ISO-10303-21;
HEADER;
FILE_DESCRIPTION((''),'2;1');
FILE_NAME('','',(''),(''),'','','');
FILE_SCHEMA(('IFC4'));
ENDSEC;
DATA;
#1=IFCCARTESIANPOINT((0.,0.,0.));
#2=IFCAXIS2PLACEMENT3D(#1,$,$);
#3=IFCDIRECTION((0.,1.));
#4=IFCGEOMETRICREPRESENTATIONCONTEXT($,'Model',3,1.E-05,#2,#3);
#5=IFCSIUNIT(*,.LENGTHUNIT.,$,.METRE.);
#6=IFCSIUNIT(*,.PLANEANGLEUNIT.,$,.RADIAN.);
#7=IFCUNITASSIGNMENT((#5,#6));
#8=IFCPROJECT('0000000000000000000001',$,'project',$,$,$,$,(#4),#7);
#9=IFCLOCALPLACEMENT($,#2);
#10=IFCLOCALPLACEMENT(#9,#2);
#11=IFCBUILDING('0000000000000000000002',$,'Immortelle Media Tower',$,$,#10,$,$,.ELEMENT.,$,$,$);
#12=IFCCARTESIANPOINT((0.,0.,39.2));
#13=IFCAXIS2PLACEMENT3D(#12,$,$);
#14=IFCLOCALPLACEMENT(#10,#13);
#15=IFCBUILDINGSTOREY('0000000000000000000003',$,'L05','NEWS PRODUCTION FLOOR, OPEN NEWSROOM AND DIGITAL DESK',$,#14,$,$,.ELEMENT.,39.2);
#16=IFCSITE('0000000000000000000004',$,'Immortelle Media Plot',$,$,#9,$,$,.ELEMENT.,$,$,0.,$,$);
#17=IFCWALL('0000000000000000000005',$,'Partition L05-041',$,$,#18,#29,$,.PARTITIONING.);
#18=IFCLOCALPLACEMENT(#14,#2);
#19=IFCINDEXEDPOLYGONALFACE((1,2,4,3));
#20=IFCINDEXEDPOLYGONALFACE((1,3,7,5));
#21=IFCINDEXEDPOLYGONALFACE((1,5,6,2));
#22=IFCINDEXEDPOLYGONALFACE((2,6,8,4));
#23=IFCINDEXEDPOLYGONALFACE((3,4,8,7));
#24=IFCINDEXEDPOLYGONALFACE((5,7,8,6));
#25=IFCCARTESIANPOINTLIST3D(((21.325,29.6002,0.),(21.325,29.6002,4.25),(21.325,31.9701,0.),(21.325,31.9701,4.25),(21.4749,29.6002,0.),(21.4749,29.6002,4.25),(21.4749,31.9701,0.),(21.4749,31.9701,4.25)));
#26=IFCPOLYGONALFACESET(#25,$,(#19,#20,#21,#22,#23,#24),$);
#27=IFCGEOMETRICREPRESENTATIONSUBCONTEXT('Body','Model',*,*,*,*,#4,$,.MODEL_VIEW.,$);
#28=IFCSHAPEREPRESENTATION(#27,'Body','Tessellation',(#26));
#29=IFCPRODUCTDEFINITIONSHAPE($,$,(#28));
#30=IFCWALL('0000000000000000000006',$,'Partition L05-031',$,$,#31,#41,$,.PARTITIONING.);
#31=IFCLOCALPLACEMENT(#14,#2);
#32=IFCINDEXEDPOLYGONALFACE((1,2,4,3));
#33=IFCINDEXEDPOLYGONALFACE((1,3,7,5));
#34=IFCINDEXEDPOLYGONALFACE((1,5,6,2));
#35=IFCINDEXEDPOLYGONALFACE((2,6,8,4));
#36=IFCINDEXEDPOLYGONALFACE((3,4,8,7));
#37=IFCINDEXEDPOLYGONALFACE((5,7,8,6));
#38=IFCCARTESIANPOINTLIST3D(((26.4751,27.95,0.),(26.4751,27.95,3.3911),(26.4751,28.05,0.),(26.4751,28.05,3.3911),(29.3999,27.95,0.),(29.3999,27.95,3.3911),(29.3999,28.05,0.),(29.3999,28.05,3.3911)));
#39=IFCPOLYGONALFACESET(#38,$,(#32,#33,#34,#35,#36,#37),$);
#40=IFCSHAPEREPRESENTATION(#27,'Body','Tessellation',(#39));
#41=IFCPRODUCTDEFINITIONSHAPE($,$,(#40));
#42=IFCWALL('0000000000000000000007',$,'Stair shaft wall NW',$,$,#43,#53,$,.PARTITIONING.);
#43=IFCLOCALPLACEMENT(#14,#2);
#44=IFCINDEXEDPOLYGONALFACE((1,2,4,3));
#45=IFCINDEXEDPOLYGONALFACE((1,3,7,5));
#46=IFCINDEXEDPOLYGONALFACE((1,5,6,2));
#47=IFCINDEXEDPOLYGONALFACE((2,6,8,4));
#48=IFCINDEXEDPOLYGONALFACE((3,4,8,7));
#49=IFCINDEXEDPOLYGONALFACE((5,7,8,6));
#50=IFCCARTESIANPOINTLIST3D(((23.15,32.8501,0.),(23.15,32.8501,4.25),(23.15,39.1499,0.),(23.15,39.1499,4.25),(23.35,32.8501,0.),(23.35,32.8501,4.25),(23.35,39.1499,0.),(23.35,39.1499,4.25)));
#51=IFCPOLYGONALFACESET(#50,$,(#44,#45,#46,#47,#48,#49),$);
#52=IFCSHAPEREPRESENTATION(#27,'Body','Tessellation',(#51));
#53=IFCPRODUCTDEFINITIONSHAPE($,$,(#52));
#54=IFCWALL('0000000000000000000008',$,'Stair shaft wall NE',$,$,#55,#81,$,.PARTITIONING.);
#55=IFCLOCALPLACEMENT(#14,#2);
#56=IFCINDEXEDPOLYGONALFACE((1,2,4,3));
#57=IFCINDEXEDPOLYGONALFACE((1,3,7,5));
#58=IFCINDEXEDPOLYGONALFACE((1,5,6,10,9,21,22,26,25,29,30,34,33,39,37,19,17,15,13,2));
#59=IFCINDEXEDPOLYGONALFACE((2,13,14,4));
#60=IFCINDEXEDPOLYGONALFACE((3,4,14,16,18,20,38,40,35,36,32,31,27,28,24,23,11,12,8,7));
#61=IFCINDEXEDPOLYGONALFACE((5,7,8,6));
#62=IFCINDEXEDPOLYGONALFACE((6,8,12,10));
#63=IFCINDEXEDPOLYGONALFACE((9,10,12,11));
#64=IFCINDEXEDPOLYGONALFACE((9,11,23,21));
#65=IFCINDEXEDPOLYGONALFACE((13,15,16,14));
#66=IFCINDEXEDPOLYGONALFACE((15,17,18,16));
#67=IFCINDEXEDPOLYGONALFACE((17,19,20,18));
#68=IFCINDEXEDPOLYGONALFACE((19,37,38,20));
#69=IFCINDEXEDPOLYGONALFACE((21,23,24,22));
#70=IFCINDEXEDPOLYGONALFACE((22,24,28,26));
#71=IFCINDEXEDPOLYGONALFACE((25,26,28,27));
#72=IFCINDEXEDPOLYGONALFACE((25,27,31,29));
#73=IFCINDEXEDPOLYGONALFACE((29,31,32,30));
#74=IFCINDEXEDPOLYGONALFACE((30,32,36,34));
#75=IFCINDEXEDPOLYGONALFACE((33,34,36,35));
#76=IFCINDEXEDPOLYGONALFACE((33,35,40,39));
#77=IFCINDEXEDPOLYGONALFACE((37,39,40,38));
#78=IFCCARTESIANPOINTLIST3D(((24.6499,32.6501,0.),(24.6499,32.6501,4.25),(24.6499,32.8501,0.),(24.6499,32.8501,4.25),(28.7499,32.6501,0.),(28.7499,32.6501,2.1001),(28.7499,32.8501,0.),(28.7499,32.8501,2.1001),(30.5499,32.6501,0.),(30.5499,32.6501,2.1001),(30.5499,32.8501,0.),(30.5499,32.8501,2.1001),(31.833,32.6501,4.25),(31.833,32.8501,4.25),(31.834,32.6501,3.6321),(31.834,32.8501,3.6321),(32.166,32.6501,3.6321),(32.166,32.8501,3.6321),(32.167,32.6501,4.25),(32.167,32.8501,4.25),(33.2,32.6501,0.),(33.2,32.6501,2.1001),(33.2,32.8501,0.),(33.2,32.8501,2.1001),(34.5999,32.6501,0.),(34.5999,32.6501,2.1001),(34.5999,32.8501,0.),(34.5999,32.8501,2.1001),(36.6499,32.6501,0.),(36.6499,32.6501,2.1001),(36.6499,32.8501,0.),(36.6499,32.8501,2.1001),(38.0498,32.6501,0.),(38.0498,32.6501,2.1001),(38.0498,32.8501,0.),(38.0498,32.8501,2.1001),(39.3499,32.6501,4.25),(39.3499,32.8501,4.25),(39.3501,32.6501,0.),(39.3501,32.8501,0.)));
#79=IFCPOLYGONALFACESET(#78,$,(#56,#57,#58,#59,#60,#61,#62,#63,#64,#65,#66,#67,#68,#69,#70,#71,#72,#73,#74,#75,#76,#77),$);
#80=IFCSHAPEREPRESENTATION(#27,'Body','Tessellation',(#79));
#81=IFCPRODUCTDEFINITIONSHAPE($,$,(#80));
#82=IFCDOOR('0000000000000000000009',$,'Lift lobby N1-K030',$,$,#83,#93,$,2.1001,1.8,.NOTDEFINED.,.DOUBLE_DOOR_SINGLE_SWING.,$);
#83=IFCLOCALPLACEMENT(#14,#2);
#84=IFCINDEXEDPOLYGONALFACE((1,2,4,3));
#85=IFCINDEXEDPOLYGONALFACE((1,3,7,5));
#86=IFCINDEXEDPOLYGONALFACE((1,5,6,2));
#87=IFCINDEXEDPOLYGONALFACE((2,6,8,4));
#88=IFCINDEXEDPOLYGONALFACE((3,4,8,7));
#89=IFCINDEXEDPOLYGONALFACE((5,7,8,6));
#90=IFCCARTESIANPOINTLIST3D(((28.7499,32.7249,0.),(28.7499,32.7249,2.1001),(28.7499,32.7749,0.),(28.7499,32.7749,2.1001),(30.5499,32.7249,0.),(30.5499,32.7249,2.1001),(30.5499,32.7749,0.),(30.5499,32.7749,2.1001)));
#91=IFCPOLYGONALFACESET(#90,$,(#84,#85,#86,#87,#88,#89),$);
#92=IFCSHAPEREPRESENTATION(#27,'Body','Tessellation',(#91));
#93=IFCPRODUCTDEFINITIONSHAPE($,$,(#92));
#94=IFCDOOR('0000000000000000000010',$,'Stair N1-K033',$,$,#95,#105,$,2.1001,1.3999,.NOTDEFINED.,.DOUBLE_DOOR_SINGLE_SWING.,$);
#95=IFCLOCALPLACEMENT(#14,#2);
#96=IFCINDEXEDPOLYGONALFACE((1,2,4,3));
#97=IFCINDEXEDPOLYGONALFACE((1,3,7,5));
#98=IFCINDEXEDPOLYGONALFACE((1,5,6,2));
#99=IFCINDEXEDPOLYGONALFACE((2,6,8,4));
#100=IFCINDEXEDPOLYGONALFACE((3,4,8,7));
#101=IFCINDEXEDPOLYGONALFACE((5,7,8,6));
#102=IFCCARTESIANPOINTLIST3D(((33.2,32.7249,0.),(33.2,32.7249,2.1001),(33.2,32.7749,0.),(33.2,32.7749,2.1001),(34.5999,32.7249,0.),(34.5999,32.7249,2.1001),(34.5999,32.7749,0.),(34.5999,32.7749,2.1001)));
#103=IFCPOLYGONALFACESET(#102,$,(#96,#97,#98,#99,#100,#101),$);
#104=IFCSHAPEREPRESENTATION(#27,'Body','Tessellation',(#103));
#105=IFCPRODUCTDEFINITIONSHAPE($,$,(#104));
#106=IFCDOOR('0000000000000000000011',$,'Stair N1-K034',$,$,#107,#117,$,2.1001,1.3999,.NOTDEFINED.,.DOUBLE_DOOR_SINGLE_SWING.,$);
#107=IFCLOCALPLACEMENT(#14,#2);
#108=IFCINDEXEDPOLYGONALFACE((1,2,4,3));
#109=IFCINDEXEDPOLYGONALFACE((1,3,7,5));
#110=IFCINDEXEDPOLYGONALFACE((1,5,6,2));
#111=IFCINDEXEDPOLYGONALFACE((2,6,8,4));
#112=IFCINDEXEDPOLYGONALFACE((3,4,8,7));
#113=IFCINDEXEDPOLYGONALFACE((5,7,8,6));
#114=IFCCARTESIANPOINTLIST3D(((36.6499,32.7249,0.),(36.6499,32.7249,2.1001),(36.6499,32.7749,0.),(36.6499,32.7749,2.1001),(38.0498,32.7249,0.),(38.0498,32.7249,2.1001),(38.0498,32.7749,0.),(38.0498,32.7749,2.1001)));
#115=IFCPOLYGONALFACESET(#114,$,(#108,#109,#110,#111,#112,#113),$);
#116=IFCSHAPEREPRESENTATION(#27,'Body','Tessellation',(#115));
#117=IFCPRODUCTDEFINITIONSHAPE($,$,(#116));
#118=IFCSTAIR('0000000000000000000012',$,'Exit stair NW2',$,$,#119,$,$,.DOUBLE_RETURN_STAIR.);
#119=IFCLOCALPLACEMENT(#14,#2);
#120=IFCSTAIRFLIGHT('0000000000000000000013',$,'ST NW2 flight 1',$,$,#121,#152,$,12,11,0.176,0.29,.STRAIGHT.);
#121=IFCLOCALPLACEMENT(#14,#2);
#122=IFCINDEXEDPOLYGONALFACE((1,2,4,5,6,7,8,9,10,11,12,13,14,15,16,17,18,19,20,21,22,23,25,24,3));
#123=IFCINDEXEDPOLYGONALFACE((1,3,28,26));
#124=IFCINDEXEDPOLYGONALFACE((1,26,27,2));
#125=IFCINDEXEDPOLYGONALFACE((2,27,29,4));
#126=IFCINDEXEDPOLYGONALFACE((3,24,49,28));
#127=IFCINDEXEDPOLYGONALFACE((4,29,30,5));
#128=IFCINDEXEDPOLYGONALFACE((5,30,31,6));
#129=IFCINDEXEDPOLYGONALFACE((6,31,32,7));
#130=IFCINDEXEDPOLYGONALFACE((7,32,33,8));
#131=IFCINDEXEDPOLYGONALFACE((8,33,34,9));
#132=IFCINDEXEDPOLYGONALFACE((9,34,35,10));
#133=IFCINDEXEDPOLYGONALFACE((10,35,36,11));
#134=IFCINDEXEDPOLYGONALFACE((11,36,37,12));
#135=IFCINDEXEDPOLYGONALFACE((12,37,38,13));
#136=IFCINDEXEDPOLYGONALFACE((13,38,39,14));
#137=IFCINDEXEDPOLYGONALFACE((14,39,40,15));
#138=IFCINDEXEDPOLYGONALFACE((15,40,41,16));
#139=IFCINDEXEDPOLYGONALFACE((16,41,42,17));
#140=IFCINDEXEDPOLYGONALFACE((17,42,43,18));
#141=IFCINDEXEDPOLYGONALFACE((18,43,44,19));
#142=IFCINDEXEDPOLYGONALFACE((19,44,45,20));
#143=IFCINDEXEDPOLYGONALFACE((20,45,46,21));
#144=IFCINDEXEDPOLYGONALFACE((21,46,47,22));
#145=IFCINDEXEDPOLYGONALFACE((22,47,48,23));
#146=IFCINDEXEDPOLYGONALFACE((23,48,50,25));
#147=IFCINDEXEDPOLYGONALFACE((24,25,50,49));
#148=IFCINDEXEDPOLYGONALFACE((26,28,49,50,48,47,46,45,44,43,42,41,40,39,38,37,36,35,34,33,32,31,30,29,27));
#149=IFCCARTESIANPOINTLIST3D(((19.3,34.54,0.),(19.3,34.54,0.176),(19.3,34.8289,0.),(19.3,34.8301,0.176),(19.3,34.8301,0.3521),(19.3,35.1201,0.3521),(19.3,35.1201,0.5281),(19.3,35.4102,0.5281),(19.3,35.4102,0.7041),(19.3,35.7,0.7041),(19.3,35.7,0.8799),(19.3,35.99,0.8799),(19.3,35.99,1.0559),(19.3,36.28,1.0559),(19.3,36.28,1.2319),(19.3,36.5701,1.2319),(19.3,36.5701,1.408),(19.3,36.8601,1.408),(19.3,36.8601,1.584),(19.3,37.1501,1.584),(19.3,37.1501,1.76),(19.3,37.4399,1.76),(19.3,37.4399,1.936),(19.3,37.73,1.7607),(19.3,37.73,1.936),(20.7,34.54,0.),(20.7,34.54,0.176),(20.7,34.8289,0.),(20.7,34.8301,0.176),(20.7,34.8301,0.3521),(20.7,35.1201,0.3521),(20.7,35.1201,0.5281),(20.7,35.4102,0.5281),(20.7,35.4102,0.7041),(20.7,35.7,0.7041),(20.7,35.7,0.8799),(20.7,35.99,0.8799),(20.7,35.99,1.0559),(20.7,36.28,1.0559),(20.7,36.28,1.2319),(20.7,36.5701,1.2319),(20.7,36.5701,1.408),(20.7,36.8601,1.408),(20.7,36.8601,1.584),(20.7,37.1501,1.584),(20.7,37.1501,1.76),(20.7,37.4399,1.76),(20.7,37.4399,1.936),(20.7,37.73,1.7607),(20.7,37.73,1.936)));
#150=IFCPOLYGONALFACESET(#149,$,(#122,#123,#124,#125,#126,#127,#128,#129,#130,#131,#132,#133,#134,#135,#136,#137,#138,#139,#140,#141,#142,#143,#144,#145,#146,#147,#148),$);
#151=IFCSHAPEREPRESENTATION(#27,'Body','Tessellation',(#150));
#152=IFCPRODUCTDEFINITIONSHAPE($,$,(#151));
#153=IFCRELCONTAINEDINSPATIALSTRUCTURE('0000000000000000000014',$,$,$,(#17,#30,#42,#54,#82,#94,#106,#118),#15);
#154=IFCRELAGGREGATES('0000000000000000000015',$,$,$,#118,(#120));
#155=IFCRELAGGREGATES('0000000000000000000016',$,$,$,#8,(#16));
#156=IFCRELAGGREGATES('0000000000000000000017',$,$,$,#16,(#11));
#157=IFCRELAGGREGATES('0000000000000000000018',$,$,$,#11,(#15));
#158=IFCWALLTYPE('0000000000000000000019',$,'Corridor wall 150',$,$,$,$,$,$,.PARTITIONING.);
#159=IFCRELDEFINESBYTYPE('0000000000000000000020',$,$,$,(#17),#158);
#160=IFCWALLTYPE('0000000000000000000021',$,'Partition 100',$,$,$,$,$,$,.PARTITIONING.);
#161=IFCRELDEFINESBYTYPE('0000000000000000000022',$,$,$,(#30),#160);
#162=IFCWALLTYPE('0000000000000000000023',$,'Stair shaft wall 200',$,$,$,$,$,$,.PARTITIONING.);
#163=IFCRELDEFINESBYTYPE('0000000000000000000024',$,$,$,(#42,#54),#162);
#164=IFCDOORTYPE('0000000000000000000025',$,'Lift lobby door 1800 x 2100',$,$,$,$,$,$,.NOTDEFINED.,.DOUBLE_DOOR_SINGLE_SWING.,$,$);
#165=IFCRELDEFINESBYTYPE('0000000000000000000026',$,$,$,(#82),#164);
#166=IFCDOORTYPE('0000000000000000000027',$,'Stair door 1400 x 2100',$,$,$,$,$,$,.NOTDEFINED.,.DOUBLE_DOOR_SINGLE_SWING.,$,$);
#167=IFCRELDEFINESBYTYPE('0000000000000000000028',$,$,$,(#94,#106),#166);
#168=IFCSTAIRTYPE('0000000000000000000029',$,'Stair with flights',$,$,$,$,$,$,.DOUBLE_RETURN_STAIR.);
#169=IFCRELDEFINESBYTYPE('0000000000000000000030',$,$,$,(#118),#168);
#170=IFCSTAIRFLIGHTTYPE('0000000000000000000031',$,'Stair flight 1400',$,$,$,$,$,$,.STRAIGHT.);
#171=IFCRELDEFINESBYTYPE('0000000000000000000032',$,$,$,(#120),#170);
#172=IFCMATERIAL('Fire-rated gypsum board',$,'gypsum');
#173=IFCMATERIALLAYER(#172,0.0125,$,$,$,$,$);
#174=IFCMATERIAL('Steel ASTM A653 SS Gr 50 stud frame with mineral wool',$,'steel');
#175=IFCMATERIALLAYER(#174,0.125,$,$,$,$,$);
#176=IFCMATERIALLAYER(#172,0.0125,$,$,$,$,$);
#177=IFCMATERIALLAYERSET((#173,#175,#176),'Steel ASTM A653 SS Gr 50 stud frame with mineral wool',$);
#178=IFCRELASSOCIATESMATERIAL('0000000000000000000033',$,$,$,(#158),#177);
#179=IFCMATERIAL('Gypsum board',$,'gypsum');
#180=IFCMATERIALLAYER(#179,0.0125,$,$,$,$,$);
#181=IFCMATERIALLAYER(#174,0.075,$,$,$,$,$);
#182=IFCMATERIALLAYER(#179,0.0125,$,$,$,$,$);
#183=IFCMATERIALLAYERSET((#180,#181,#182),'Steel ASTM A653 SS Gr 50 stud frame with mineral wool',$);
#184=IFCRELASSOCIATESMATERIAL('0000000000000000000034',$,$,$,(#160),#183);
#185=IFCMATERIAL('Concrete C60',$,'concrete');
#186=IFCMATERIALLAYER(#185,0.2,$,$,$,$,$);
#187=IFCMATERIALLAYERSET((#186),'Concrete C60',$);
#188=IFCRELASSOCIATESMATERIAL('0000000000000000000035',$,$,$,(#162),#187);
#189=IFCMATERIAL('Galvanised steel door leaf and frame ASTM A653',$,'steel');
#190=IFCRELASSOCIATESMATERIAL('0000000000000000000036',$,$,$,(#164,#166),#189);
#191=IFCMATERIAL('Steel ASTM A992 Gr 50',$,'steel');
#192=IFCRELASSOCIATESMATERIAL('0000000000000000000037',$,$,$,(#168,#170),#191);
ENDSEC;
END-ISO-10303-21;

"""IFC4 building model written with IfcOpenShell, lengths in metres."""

from ifc_helpers import new_model, si_unit, direction, frame, frame_2d, origin, place, context, subcontext, project, spatial, polyline, rectangle, outline, extrude, material, layer, layer_set, type_object, element, fill, aggregate, save


model = new_model("IFC4")

# Units and contexts
model_context = context("Model", 3, precision=1e-05, world=origin(), true_north=direction((0.0, 1.0)))
body_context = subcontext(model_context, "Body", "Model", "MODEL_VIEW")
ifc_project = project(units=[si_unit("LENGTHUNIT", "METRE"), si_unit("PLANEANGLEUNIT", "RADIAN")], contexts=[model_context])

# Site, building, storey
site_placement = place(None, origin())
site = spatial("IfcSite", under=ifc_project, at=site_placement, Name="Immortelle Media Plot", CompositionType="ELEMENT", RefElevation=0.0)
building_placement = place(site_placement, origin())
building = spatial("IfcBuilding", under=site, at=building_placement, Name="Immortelle Media Tower", CompositionType="ELEMENT")
storey_placement = place(building_placement, frame((0.0, 0.0, 39.2)))
storey = spatial("IfcBuildingStorey", under=building, at=storey_placement, Name="L05", Description="NEWS PRODUCTION FLOOR, OPEN NEWSROOM AND DIGITAL DESK", CompositionType="ELEMENT", Elevation=39.2)

# Shared definitions
ifc_material_1 = material(Name="Steel ASTM A992 Gr 50", Category="steel")

# Walls
ifc_material_2 = material(Name="Fire-rated gypsum board", Category="gypsum")
ifc_material_3 = material(Name="Steel ASTM A653 SS Gr 50 stud frame with mineral wool", Category="steel")
ifc_layer_1 = layer(ifc_material_2, 0.0125)
ifc_layer_2 = layer(ifc_material_3, 0.125)
ifc_layer_3 = layer(ifc_material_2, 0.0125)
ifc_layer_set_1 = layer_set([ifc_layer_1, ifc_layer_2, ifc_layer_3], Name="Steel ASTM A653 SS Gr 50 stud frame with mineral wool")
wall_type_1 = type_object("IfcWallType", Name="Corridor wall 150", PredefinedType="PARTITIONING", material=ifc_layer_set_1)
wall_1_placement = place(storey_placement, frame((21.3999, 29.6001, 0.0), z_axis=(0.0, 0.0, 1.0), x_axis=(0.0, 1.0, 0.0)))
element("IfcWall", 1, at=wall_1_placement, inside=storey, type_object=wall_type_1, Name="Partition L05-041", PredefinedType="PARTITIONING", context=body_context, shape_type="SweptSolid", body=[
    extrude(rectangle(XDim=2.3699, YDim=0.1499, at=frame_2d((1.1851, 0.0))), origin(), (0.0, 0.0, 1.0), 4.25),
])
ifc_material_4 = material(Name="Gypsum board", Category="gypsum")
ifc_layer_4 = layer(ifc_material_4, 0.0125)
ifc_layer_5 = layer(ifc_material_3, 0.075)
ifc_layer_6 = layer(ifc_material_4, 0.0125)
ifc_layer_set_2 = layer_set([ifc_layer_4, ifc_layer_5, ifc_layer_6], Name="Steel ASTM A653 SS Gr 50 stud frame with mineral wool")
wall_type_2 = type_object("IfcWallType", Name="Partition 100", PredefinedType="PARTITIONING", material=ifc_layer_set_2)
wall_2_placement = place(storey_placement, frame((26.4751, 28.0, 0.0), z_axis=(0.0, 0.0, 1.0), x_axis=(1.0, 0.0, 0.0)))
element("IfcWall", 2, at=wall_2_placement, inside=storey, type_object=wall_type_2, Name="Partition L05-031", PredefinedType="PARTITIONING", context=body_context, shape_type="SweptSolid", body=[
    extrude(rectangle(XDim=2.9248, YDim=0.1001, at=frame_2d((1.4624, 0.0))), origin(), (0.0, 0.0, 1.0), 3.3911),
])
ifc_material_5 = material(Name="Concrete C60", Category="concrete")
ifc_layer_7 = layer(ifc_material_5, 0.2)
ifc_layer_set_3 = layer_set([ifc_layer_7], Name="Concrete C60")
wall_type_3 = type_object("IfcWallType", Name="Stair shaft wall 200", PredefinedType="PARTITIONING", material=ifc_layer_set_3)
wall_3_placement = place(storey_placement, frame((23.25, 32.8501, 0.0), z_axis=(0.0, 0.0, 1.0), x_axis=(0.0, 1.0, 0.0)))
element("IfcWall", 3, at=wall_3_placement, inside=storey, type_object=wall_type_3, Name="Stair shaft wall NW", PredefinedType="PARTITIONING", context=body_context, shape_type="SweptSolid", body=[
    extrude(rectangle(XDim=6.2998, YDim=0.2, at=frame_2d((3.1499, 0.0))), origin(), (0.0, 0.0, 1.0), 4.25),
])

# Wall, openings, doors
wall_4_placement = place(storey_placement, frame((24.6499, 32.75, 0.0), z_axis=(0.0, 0.0, 1.0), x_axis=(1.0, 0.0, 0.0)))
wall_4 = element("IfcWall", 4, at=wall_4_placement, inside=storey, type_object=wall_type_3, Name="Stair shaft wall NE", PredefinedType="PARTITIONING", context=body_context, shape_type="SweptSolid", body=[
    extrude(outline(polyline([(0.0, 0.0), (14.7002, 0.0), (14.7, 4.25), (7.5171, 4.25), (7.5161, 3.6321), (7.1841, 3.6321), (7.1831, 4.25), (0.0, 4.25), (0.0, 0.0)])), frame((0.0, 0.1001, 0.0), z_axis=(0.0, -1.0, 0.0), x_axis=(1.0, 0.0, 0.0)), (0.0, 0.0, 1.0), 0.2),
])
opening_1_placement = place(wall_4_placement, frame((4.1001, 0.0, 0.0)))
opening_1 = element("IfcOpeningElement", 5, at=opening_1_placement, cuts=wall_4, PredefinedType="OPENING", context=body_context, shape_type="SweptSolid", body=[
    extrude(rectangle(XDim=1.8, YDim=2.1001, at=frame_2d((0.8999, 1.05))), frame((0.0, 0.1099, 0.0), z_axis=(0.0, -1.0, 0.0), x_axis=(1.0, 0.0, 0.0)), (0.0, 0.0, 1.0), 0.22),
])
opening_2_placement = place(wall_4_placement, frame((8.55, 0.0, 0.0)))
opening_2 = element("IfcOpeningElement", 6, at=opening_2_placement, cuts=wall_4, PredefinedType="OPENING", context=body_context, shape_type="SweptSolid", body=[
    extrude(rectangle(XDim=1.3999, YDim=2.1001, at=frame_2d((0.7, 1.05))), frame((0.0, 0.1099, 0.0), z_axis=(0.0, -1.0, 0.0), x_axis=(1.0, 0.0, 0.0)), (0.0, 0.0, 1.0), 0.22),
])
opening_3_placement = place(wall_4_placement, frame((12.0, 0.0, 0.0)))
opening_3 = element("IfcOpeningElement", 7, at=opening_3_placement, cuts=wall_4, PredefinedType="OPENING", context=body_context, shape_type="SweptSolid", body=[
    extrude(rectangle(XDim=1.3999, YDim=2.1001, at=frame_2d((0.7, 1.05))), frame((0.0, 0.1099, 0.0), z_axis=(0.0, -1.0, 0.0), x_axis=(1.0, 0.0, 0.0)), (0.0, 0.0, 1.0), 0.22),
])
ifc_material_6 = material(Name="Galvanised steel door leaf and frame ASTM A653", Category="steel")
door_type_1 = type_object("IfcDoorType", Name="Lift lobby door 1800 x 2100", OperationType="DOUBLE_DOOR_SINGLE_SWING", PredefinedType="NOTDEFINED", material=ifc_material_6)
door_1_placement = place(opening_1_placement, origin())
door_1 = element("IfcDoor", 8, at=door_1_placement, inside=storey, type_object=door_type_1, Name="Lift lobby N1-K030", OperationType="DOUBLE_DOOR_SINGLE_SWING", OverallHeight=2.1001, OverallWidth=1.8, PredefinedType="NOTDEFINED", context=body_context, shape_type="SweptSolid", body=[
    extrude(rectangle(XDim=1.8, YDim=2.1001, at=frame_2d((0.8999, 1.05))), frame((0.0, 0.0249, 0.0), z_axis=(0.0, -1.0, 0.0), x_axis=(1.0, 0.0, 0.0)), (0.0, 0.0, 1.0), 0.05),
])
fill(opening_1, door_1)
door_type_2 = type_object("IfcDoorType", Name="Stair door 1400 x 2100", OperationType="DOUBLE_DOOR_SINGLE_SWING", PredefinedType="NOTDEFINED", material=ifc_material_6)
door_2_placement = place(opening_2_placement, origin())
door_2 = element("IfcDoor", 9, at=door_2_placement, inside=storey, type_object=door_type_2, Name="Stair N1-K033", OperationType="DOUBLE_DOOR_SINGLE_SWING", OverallHeight=2.1001, OverallWidth=1.3999, PredefinedType="NOTDEFINED", context=body_context, shape_type="SweptSolid", body=[
    extrude(rectangle(XDim=1.3999, YDim=2.1001, at=frame_2d((0.7, 1.05))), frame((0.0, 0.0249, 0.0), z_axis=(0.0, -1.0, 0.0), x_axis=(1.0, 0.0, 0.0)), (0.0, 0.0, 1.0), 0.05),
])
fill(opening_2, door_2)
door_3_placement = place(opening_3_placement, origin())
door_3 = element("IfcDoor", 10, at=door_3_placement, inside=storey, type_object=door_type_2, Name="Stair N1-K034", OperationType="DOUBLE_DOOR_SINGLE_SWING", OverallHeight=2.1001, OverallWidth=1.3999, PredefinedType="NOTDEFINED", context=body_context, shape_type="SweptSolid", body=[
    extrude(rectangle(XDim=1.3999, YDim=2.1001, at=frame_2d((0.7, 1.05))), frame((0.0, 0.0249, 0.0), z_axis=(0.0, -1.0, 0.0), x_axis=(1.0, 0.0, 0.0)), (0.0, 0.0, 1.0), 0.05),
])
fill(opening_3, door_3)

# Stair, stair flight
stair_type = type_object("IfcStairType", Name="Stair with flights", PredefinedType="DOUBLE_RETURN_STAIR", material=ifc_material_1)
stair_placement = place(storey_placement, origin())
stair = element("IfcStair", 11, at=stair_placement, inside=storey, type_object=stair_type, Name="Exit stair NW2", PredefinedType="DOUBLE_RETURN_STAIR")
stair_flight_type = type_object("IfcStairFlightType", Name="Stair flight 1400", PredefinedType="STRAIGHT", material=ifc_material_1)
stair_flight_placement = place(storey_placement, frame((20.0, 34.54, 0.0), z_axis=(0.0, 0.0, 1.0), x_axis=(0.0, 1.0, 0.0)))
stair_flight = element("IfcStairFlight", 12, at=stair_flight_placement, type_object=stair_flight_type, Name="ST NW2 flight 1", NumberOfRisers=12, NumberOfTreads=11, PredefinedType="STRAIGHT", RiserHeight=0.176, TreadLength=0.29, context=body_context, shape_type="SweptSolid", body=[
    extrude(outline(polyline([(0.0, 0.0), (0.0, 0.176), (0.29, 0.176), (0.29, 0.3521), (0.5801, 0.3521), (0.5801, 0.5281), (0.8701, 0.5281), (0.8701, 0.7041), (1.1599, 0.7041), (1.1599, 0.8799), (1.45, 0.8799), (1.45, 1.0559), (1.74, 1.0559), (1.74, 1.2319), (2.03, 1.2319), (2.03, 1.408), (2.3201, 1.408), (2.3201, 1.584), (2.6101, 1.584), (2.6101, 1.76), (2.8999, 1.76), (2.8999, 1.936), (3.1899, 1.936), (3.1899, 2.1121), (3.1899, 1.7607), (0.2888, 0.0), (0.0, 0.0)])), frame((0.0, 0.7, 0.0), z_axis=(0.0, -1.0, 0.0), x_axis=(1.0, 0.0, 0.0)), (0.0, 0.0, 1.0), 1.3999),
])
aggregate(stair, [stair_flight])

save(model, "model.ifc")
